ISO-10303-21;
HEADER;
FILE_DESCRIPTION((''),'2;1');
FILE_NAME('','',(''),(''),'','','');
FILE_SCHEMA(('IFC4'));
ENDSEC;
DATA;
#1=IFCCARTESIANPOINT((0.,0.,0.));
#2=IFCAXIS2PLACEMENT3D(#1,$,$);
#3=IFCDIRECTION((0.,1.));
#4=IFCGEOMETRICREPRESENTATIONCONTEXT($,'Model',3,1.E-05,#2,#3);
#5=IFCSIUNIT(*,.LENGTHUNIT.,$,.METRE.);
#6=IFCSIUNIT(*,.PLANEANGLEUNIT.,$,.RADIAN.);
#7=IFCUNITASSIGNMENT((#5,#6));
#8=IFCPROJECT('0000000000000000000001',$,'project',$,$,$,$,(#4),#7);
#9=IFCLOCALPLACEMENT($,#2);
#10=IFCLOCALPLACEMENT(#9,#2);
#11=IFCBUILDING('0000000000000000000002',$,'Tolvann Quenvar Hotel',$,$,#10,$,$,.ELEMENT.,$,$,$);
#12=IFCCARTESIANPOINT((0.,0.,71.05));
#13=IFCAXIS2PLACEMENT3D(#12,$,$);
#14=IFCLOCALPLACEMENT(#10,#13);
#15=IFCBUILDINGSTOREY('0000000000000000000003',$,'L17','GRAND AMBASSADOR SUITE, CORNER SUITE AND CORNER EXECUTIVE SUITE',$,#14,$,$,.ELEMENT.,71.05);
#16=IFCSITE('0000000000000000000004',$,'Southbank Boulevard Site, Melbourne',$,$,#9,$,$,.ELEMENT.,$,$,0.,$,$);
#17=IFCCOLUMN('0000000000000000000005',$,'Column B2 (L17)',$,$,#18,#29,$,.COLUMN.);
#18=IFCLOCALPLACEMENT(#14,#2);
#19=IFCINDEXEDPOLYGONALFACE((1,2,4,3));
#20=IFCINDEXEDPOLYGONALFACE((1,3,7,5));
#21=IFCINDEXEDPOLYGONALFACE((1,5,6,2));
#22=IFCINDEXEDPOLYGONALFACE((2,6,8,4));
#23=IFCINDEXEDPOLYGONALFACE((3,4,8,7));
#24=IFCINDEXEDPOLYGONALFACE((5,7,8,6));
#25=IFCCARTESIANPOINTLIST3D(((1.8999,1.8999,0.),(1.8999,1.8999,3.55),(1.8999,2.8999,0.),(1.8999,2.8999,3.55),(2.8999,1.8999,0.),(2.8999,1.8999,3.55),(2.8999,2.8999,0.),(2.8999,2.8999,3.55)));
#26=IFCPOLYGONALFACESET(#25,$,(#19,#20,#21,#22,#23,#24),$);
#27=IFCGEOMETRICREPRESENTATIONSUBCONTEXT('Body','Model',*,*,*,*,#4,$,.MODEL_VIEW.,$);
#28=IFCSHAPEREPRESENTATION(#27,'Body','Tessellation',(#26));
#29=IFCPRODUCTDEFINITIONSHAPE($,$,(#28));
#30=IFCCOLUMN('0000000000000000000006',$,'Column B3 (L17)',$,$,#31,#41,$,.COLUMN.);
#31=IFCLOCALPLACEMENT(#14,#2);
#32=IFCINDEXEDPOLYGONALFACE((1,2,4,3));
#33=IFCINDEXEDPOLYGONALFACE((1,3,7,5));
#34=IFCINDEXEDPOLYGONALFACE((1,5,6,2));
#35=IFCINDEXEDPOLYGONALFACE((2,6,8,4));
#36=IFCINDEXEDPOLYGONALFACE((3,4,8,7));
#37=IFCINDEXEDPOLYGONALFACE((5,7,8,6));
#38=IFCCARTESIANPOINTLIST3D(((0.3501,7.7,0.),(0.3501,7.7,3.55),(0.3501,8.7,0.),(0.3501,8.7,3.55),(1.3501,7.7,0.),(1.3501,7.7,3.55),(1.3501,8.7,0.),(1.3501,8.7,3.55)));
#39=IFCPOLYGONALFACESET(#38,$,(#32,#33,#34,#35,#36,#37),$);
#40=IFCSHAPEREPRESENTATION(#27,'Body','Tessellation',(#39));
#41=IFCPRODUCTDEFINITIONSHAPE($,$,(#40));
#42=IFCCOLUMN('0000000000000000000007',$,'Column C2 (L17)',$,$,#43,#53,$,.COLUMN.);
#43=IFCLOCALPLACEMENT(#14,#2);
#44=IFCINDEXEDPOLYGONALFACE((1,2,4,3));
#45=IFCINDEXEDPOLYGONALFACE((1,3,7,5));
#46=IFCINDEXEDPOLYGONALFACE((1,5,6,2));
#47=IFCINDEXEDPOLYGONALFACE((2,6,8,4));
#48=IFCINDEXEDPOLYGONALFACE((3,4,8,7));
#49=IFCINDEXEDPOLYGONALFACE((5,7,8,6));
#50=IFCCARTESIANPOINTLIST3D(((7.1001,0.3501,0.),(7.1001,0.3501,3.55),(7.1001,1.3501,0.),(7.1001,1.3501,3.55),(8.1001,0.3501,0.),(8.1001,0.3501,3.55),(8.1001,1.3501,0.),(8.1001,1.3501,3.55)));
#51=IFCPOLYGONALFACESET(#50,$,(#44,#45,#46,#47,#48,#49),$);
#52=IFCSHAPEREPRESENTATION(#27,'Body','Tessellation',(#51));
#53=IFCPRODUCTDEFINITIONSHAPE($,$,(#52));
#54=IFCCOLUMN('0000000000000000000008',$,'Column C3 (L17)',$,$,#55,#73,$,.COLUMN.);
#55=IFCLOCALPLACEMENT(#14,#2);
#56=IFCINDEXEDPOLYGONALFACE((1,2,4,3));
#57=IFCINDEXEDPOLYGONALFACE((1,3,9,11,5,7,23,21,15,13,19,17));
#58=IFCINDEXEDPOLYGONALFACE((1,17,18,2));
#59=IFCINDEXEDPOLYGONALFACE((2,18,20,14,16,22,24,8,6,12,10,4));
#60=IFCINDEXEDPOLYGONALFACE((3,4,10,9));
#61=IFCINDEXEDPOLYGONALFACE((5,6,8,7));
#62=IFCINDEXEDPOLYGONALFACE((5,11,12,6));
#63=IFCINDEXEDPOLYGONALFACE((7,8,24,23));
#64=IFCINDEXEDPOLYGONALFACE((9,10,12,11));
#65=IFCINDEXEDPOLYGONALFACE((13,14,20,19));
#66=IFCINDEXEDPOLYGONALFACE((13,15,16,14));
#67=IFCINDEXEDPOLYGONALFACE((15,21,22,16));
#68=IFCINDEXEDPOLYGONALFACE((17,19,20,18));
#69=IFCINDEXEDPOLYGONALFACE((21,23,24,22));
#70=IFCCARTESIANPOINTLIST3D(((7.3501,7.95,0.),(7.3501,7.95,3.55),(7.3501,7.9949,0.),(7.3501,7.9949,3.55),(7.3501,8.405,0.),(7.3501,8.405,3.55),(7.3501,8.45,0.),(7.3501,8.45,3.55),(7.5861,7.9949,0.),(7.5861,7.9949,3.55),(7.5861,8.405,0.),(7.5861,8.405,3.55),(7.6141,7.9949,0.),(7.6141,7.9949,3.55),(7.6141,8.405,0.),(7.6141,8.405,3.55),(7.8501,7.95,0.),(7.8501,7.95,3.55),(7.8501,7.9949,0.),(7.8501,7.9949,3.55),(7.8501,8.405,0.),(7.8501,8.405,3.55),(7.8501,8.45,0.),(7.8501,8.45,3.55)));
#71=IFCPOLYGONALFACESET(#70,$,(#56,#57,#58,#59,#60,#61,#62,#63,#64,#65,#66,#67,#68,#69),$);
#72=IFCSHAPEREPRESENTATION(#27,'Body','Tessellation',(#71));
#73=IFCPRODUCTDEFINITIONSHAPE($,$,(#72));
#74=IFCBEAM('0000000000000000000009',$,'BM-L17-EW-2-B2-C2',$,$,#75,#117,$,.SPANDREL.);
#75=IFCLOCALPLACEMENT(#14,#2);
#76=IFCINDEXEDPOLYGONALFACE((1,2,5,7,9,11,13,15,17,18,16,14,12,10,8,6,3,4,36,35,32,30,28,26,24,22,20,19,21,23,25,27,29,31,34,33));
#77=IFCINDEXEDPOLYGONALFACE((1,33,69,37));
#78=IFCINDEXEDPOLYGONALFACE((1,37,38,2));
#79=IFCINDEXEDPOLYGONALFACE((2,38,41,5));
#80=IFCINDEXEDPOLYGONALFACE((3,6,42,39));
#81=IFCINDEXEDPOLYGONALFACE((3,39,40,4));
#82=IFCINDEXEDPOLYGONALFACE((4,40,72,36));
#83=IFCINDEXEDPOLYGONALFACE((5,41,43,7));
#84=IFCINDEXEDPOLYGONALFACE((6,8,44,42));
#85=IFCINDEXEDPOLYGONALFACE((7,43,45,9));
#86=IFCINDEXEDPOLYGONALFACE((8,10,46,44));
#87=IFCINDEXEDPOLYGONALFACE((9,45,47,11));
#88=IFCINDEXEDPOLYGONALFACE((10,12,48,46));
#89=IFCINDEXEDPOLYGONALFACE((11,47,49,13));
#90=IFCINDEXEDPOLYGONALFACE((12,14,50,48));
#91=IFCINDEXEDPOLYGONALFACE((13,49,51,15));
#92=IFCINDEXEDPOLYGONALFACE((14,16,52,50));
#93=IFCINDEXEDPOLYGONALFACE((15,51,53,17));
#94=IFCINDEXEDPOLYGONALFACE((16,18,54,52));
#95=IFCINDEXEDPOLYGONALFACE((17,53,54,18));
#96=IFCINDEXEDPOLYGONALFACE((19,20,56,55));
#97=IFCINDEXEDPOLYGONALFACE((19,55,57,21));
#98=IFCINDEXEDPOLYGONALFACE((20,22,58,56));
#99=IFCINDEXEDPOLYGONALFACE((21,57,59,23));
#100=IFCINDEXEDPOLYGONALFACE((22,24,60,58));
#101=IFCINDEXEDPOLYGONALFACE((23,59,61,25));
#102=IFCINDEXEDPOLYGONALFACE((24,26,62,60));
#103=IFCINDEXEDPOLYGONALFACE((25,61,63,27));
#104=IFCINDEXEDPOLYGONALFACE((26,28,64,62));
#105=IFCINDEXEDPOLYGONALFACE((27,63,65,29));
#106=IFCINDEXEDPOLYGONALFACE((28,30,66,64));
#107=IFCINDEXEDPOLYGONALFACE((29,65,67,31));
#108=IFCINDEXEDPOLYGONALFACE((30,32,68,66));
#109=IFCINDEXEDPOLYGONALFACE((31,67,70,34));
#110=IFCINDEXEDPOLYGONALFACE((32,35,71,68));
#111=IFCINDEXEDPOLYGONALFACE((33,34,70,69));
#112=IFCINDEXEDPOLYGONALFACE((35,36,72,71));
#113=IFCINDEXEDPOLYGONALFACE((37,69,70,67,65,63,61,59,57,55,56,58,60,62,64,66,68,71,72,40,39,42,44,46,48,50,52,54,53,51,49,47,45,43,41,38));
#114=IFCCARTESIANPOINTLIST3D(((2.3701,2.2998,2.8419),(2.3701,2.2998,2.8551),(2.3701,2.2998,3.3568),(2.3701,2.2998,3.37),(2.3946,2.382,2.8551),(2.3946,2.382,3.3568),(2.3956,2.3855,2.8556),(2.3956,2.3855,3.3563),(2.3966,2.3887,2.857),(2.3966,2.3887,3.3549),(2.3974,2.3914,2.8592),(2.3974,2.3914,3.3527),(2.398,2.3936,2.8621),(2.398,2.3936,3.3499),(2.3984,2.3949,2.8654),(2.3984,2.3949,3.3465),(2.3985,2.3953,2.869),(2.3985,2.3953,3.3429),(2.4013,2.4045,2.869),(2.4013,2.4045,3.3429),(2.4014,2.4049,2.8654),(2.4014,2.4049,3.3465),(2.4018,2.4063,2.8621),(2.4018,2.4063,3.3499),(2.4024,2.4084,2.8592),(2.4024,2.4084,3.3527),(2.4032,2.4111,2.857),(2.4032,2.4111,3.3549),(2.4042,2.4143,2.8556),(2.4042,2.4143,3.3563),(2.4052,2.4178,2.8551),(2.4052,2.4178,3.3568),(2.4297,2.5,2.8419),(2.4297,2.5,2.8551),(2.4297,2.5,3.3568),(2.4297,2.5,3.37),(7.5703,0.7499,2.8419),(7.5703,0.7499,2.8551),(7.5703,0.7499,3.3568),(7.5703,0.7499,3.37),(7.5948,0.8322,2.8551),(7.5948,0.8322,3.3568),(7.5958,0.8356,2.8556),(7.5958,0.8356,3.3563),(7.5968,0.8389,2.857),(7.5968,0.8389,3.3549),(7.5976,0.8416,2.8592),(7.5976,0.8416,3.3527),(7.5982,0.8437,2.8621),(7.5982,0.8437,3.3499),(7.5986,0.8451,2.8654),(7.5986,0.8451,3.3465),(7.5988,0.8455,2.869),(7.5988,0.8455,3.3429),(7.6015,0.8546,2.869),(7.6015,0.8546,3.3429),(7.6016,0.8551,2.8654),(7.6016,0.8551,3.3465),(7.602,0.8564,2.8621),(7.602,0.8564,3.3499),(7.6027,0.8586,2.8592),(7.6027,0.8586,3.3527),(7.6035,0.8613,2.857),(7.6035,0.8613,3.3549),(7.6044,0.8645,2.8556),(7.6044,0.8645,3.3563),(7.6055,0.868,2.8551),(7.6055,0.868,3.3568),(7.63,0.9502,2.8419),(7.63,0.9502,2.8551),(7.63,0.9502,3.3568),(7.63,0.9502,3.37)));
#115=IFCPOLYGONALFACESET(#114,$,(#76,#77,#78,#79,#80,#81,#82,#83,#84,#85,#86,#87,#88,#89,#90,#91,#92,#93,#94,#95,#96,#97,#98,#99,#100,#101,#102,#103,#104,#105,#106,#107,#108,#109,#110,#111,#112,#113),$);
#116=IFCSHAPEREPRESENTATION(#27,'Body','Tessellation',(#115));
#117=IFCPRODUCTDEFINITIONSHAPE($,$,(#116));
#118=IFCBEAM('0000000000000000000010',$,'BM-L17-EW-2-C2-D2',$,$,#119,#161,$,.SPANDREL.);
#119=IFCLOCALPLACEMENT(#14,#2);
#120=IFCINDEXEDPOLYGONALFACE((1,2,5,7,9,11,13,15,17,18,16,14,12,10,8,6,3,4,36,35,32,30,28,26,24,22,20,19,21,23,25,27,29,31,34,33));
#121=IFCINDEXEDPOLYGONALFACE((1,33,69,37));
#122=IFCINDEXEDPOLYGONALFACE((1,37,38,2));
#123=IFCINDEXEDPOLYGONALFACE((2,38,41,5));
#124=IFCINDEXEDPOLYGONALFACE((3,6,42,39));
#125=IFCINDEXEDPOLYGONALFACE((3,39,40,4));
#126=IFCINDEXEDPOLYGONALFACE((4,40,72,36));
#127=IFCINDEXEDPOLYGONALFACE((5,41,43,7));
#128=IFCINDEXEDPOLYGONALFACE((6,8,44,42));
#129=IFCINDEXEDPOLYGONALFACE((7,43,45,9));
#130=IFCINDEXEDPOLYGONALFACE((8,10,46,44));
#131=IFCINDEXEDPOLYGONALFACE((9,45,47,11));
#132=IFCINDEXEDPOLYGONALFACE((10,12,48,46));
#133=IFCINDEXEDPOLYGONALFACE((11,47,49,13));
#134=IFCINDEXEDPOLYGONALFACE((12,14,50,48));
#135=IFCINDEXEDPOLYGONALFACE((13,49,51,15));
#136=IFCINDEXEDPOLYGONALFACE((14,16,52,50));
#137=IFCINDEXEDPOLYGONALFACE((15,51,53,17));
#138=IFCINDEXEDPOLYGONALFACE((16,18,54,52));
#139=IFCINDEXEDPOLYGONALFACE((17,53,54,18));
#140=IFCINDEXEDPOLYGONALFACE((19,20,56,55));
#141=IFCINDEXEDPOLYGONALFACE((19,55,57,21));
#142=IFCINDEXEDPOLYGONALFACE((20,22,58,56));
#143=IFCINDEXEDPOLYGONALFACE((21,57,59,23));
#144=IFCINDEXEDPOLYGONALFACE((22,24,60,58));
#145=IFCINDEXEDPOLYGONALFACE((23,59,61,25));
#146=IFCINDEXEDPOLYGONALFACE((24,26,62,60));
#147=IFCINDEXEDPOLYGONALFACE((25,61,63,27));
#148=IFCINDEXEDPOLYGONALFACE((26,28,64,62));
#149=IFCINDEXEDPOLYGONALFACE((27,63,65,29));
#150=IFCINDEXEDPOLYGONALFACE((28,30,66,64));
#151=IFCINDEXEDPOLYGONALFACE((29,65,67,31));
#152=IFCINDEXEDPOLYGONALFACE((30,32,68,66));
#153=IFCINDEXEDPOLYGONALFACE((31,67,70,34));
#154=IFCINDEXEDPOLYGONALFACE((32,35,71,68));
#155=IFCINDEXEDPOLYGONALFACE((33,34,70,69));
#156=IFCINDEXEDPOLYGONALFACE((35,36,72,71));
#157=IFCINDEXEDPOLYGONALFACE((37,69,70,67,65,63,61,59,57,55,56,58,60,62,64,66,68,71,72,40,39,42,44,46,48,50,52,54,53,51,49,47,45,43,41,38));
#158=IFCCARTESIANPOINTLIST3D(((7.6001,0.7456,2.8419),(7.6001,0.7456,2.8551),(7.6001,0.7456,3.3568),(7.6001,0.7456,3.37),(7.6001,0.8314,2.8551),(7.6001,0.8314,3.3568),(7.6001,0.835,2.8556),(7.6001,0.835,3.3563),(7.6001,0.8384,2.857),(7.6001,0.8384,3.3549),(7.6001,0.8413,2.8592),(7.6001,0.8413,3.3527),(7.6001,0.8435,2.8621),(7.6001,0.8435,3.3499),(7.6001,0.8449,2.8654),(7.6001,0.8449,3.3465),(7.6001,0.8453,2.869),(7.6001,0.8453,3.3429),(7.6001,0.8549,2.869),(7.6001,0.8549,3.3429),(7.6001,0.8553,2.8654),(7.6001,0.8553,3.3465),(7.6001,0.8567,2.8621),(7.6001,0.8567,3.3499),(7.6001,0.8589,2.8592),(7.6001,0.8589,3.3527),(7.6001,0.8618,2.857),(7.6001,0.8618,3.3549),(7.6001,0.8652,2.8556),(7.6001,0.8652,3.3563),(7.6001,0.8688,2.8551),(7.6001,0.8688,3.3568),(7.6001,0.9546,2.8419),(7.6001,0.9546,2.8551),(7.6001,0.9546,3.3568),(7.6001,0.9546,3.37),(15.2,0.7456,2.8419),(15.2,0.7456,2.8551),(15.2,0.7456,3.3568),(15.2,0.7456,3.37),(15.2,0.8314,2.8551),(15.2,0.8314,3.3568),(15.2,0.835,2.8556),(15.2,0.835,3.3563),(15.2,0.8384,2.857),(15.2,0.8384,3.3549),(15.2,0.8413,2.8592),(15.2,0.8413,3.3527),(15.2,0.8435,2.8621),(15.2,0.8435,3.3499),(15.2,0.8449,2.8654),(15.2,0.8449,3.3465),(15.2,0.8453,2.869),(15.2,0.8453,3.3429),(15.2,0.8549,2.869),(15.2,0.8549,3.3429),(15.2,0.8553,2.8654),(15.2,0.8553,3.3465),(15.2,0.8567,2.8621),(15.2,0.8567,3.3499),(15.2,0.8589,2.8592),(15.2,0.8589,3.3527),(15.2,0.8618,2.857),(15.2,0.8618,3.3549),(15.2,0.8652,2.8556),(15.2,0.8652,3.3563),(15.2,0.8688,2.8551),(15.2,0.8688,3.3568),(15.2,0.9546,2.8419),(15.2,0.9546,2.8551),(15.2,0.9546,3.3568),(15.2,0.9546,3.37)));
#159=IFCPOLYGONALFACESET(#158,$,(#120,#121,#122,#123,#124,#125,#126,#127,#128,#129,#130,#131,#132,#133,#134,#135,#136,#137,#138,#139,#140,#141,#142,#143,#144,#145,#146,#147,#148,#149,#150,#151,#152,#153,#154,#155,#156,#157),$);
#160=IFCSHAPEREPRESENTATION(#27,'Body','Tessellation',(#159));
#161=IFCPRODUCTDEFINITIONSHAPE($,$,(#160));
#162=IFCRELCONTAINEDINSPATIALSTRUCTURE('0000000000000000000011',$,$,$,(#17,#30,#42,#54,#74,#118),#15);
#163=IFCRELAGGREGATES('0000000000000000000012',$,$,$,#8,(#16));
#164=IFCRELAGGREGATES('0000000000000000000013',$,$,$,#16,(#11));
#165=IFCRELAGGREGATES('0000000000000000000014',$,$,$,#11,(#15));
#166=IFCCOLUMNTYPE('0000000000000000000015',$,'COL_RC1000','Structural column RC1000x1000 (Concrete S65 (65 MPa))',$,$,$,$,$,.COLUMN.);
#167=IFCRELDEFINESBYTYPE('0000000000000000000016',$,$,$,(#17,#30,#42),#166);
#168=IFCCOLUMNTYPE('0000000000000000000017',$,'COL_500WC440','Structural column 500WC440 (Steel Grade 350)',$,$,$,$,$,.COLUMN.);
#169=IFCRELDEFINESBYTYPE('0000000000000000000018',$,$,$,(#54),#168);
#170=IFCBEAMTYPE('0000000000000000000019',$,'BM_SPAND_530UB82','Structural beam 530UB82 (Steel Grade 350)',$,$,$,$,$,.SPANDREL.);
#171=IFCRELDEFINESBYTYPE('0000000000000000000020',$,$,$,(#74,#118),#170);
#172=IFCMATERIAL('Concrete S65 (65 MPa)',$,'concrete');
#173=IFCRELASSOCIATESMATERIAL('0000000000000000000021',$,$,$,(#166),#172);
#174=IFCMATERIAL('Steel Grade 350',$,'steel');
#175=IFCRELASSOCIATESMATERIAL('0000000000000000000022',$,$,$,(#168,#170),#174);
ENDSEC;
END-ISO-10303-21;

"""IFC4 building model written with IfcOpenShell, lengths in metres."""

from ifc_helpers import new_model, si_unit, direction, frame, origin, origin_2d, place, context, subcontext, project, spatial, rectangle, i_section, extrude, source, transform, mapped, material, material_profile, profile_set, type_object, type_shapes, element, save


model = new_model("IFC4")

# Units and contexts
model_context = context("Model", 3, precision=1e-05, world=origin(), true_north=direction((0.0, 1.0)))
body_context = subcontext(model_context, "Body", "Model", "MODEL_VIEW")
ifc_project = project(units=[si_unit("LENGTHUNIT", "METRE"), si_unit("PLANEANGLEUNIT", "RADIAN")], contexts=[model_context])

# Site, building, storey
site_placement = place(None, origin())
site = spatial("IfcSite", under=ifc_project, at=site_placement, Name="Southbank Boulevard Site, Melbourne", CompositionType="ELEMENT", RefElevation=0.0)
building_placement = place(site_placement, origin())
building = spatial("IfcBuilding", under=site, at=building_placement, Name="Tolvann Quenvar Hotel", CompositionType="ELEMENT")
storey_placement = place(building_placement, frame((0.0, 0.0, 71.05)))
storey = spatial("IfcBuildingStorey", under=building, at=storey_placement, Name="L17", Description="GRAND AMBASSADOR SUITE, CORNER SUITE AND CORNER EXECUTIVE SUITE", CompositionType="ELEMENT", Elevation=71.05)

# Columns
ifc_material_1 = material(Name="Concrete S65 (65 MPa)", Category="concrete")
ifc_material_profile_1 = material_profile(ifc_material_1, rectangle(XDim=1.0, YDim=1.0, at=origin_2d()), Name="RC1000x1000")
ifc_profile_set_1 = profile_set([ifc_material_profile_1], Name="Concrete S65 (65 MPa)")
column_type_1 = type_object("IfcColumnType", Name="COL_RC1000", Description="Structural column RC1000x1000 (Concrete S65 (65 MPa))", PredefinedType="COLUMN", material=ifc_profile_set_1)
shared_shape_1 = source(origin(), body_context, "Body", "SweptSolid", [
    extrude(rectangle(XDim=1.0, YDim=1.0, at=origin_2d()), origin(), (0.0, 0.0, 1.0), 3.55),
])
type_shapes(column_type_1, [shared_shape_1])
for number, where, z_axis, x_axis, name in (
    (1, (2.3999, 2.3999, 0.0), (0.0, 0.0, 1.0), (1.0, 0.0, 0.0), "Column B2 (L17)"),
    (2, (0.8501, 8.2, 0.0), (0.0, 0.0, 1.0), (1.0, 0.0, 0.0), "Column B3 (L17)"),
    (3, (7.6001, 0.8501, 0.0), (0.0, 0.0, 1.0), (1.0, 0.0, 0.0), "Column C2 (L17)"),
):
    element("IfcColumn", number, at=place(storey_placement, frame(where, z_axis=z_axis, x_axis=x_axis)), inside=storey, type_object=column_type_1, Name=name, PredefinedType="COLUMN", context=body_context, shape_type="MappedRepresentation", body=[
        mapped(shared_shape_1, transform((0.0, 0.0, 0.0), x_axis=(1.0, 0.0, 0.0), y_axis=(0.0, 1.0, 0.0), z_axis=(0.0, 0.0, 1.0), scale=1.0)),
    ])
ifc_material_2 = material(Name="Steel Grade 350", Category="steel")
ifc_material_profile_2 = material_profile(ifc_material_2, i_section(OverallWidth=0.5, OverallDepth=0.5, WebThickness=0.0281, FlangeThickness=0.0449, at=origin_2d()), Name="500WC440")
ifc_profile_set_2 = profile_set([ifc_material_profile_2], Name="Steel Grade 350")
column_type_2 = type_object("IfcColumnType", Name="COL_500WC440", Description="Structural column 500WC440 (Steel Grade 350)", PredefinedType="COLUMN", material=ifc_profile_set_2)
shared_shape_2 = source(origin(), body_context, "Body", "SweptSolid", [
    extrude(i_section(OverallWidth=0.5, OverallDepth=0.5, WebThickness=0.0281, FlangeThickness=0.0449, at=origin_2d()), origin(), (0.0, 0.0, 1.0), 3.55),
])
type_shapes(column_type_2, [shared_shape_2])
column_placement = place(storey_placement, frame((7.6001, 8.2, 0.0), z_axis=(0.0, 0.0, 1.0), x_axis=(1.0, 0.0, 0.0)))
element("IfcColumn", 4, at=column_placement, inside=storey, type_object=column_type_2, Name="Column C3 (L17)", PredefinedType="COLUMN", context=body_context, shape_type="MappedRepresentation", body=[
    mapped(shared_shape_2, transform((0.0, 0.0, 0.0), x_axis=(1.0, 0.0, 0.0), y_axis=(0.0, 1.0, 0.0), z_axis=(0.0, 0.0, 1.0), scale=1.0)),
])

# Beams
ifc_material_profile_3 = material_profile(ifc_material_2, i_section(OverallWidth=0.209, OverallDepth=0.5281, WebThickness=0.0095, FlangeThickness=0.0132, FilletRadius=0.0139, at=origin_2d()), Name="530UB82")
ifc_profile_set_3 = profile_set([ifc_material_profile_3], Name="Steel Grade 350")
beam_type_1 = type_object("IfcBeamType", Name="BM_SPAND_530UB82", Description="Structural beam 530UB82 (Steel Grade 350)", PredefinedType="SPANDREL", material=ifc_profile_set_3)
shared_shape_3 = source(origin(), body_context, "Body", "SweptSolid", [
    extrude(i_section(OverallWidth=0.209, OverallDepth=0.5281, WebThickness=0.0095, FlangeThickness=0.0132, FilletRadius=0.0139, at=origin_2d()), origin(), (0.0, 0.0, 1.0), 5.4263),
])
beam_1_placement = place(storey_placement, frame((2.3999, 2.3999, 3.106), z_axis=(0.958345, -0.285614, 0.0), x_axis=(0.285614, 0.958345, 0.0)))
element("IfcBeam", 5, at=beam_1_placement, inside=storey, type_object=beam_type_1, Name="BM-L17-EW-2-B2-C2", PredefinedType="SPANDREL", context=body_context, shape_type="MappedRepresentation", body=[
    mapped(shared_shape_3, transform((0.0, 0.0, 0.0), x_axis=(1.0, 0.0, 0.0), y_axis=(0.0, 1.0, 0.0), z_axis=(0.0, 0.0, 1.0), scale=1.0)),
])
shared_shape_4 = source(origin(), body_context, "Body", "SweptSolid", [
    extrude(i_section(OverallWidth=0.209, OverallDepth=0.5281, WebThickness=0.0095, FlangeThickness=0.0132, FilletRadius=0.0139, at=origin_2d()), origin(), (0.0, 0.0, 1.0), 7.5999),
])
beam_2_placement = place(storey_placement, frame((7.6001, 0.8501, 3.106), z_axis=(1.0, 0.0, 0.0), x_axis=(0.0, 1.0, 0.0)))
element("IfcBeam", 6, at=beam_2_placement, inside=storey, type_object=beam_type_1, Name="BM-L17-EW-2-C2-D2", PredefinedType="SPANDREL", context=body_context, shape_type="MappedRepresentation", body=[
    mapped(shared_shape_4, transform((0.0, 0.0, 0.0), x_axis=(1.0, 0.0, 0.0), y_axis=(0.0, 1.0, 0.0), z_axis=(0.0, 0.0, 1.0), scale=1.0)),
])

save(model, "model.ifc")
